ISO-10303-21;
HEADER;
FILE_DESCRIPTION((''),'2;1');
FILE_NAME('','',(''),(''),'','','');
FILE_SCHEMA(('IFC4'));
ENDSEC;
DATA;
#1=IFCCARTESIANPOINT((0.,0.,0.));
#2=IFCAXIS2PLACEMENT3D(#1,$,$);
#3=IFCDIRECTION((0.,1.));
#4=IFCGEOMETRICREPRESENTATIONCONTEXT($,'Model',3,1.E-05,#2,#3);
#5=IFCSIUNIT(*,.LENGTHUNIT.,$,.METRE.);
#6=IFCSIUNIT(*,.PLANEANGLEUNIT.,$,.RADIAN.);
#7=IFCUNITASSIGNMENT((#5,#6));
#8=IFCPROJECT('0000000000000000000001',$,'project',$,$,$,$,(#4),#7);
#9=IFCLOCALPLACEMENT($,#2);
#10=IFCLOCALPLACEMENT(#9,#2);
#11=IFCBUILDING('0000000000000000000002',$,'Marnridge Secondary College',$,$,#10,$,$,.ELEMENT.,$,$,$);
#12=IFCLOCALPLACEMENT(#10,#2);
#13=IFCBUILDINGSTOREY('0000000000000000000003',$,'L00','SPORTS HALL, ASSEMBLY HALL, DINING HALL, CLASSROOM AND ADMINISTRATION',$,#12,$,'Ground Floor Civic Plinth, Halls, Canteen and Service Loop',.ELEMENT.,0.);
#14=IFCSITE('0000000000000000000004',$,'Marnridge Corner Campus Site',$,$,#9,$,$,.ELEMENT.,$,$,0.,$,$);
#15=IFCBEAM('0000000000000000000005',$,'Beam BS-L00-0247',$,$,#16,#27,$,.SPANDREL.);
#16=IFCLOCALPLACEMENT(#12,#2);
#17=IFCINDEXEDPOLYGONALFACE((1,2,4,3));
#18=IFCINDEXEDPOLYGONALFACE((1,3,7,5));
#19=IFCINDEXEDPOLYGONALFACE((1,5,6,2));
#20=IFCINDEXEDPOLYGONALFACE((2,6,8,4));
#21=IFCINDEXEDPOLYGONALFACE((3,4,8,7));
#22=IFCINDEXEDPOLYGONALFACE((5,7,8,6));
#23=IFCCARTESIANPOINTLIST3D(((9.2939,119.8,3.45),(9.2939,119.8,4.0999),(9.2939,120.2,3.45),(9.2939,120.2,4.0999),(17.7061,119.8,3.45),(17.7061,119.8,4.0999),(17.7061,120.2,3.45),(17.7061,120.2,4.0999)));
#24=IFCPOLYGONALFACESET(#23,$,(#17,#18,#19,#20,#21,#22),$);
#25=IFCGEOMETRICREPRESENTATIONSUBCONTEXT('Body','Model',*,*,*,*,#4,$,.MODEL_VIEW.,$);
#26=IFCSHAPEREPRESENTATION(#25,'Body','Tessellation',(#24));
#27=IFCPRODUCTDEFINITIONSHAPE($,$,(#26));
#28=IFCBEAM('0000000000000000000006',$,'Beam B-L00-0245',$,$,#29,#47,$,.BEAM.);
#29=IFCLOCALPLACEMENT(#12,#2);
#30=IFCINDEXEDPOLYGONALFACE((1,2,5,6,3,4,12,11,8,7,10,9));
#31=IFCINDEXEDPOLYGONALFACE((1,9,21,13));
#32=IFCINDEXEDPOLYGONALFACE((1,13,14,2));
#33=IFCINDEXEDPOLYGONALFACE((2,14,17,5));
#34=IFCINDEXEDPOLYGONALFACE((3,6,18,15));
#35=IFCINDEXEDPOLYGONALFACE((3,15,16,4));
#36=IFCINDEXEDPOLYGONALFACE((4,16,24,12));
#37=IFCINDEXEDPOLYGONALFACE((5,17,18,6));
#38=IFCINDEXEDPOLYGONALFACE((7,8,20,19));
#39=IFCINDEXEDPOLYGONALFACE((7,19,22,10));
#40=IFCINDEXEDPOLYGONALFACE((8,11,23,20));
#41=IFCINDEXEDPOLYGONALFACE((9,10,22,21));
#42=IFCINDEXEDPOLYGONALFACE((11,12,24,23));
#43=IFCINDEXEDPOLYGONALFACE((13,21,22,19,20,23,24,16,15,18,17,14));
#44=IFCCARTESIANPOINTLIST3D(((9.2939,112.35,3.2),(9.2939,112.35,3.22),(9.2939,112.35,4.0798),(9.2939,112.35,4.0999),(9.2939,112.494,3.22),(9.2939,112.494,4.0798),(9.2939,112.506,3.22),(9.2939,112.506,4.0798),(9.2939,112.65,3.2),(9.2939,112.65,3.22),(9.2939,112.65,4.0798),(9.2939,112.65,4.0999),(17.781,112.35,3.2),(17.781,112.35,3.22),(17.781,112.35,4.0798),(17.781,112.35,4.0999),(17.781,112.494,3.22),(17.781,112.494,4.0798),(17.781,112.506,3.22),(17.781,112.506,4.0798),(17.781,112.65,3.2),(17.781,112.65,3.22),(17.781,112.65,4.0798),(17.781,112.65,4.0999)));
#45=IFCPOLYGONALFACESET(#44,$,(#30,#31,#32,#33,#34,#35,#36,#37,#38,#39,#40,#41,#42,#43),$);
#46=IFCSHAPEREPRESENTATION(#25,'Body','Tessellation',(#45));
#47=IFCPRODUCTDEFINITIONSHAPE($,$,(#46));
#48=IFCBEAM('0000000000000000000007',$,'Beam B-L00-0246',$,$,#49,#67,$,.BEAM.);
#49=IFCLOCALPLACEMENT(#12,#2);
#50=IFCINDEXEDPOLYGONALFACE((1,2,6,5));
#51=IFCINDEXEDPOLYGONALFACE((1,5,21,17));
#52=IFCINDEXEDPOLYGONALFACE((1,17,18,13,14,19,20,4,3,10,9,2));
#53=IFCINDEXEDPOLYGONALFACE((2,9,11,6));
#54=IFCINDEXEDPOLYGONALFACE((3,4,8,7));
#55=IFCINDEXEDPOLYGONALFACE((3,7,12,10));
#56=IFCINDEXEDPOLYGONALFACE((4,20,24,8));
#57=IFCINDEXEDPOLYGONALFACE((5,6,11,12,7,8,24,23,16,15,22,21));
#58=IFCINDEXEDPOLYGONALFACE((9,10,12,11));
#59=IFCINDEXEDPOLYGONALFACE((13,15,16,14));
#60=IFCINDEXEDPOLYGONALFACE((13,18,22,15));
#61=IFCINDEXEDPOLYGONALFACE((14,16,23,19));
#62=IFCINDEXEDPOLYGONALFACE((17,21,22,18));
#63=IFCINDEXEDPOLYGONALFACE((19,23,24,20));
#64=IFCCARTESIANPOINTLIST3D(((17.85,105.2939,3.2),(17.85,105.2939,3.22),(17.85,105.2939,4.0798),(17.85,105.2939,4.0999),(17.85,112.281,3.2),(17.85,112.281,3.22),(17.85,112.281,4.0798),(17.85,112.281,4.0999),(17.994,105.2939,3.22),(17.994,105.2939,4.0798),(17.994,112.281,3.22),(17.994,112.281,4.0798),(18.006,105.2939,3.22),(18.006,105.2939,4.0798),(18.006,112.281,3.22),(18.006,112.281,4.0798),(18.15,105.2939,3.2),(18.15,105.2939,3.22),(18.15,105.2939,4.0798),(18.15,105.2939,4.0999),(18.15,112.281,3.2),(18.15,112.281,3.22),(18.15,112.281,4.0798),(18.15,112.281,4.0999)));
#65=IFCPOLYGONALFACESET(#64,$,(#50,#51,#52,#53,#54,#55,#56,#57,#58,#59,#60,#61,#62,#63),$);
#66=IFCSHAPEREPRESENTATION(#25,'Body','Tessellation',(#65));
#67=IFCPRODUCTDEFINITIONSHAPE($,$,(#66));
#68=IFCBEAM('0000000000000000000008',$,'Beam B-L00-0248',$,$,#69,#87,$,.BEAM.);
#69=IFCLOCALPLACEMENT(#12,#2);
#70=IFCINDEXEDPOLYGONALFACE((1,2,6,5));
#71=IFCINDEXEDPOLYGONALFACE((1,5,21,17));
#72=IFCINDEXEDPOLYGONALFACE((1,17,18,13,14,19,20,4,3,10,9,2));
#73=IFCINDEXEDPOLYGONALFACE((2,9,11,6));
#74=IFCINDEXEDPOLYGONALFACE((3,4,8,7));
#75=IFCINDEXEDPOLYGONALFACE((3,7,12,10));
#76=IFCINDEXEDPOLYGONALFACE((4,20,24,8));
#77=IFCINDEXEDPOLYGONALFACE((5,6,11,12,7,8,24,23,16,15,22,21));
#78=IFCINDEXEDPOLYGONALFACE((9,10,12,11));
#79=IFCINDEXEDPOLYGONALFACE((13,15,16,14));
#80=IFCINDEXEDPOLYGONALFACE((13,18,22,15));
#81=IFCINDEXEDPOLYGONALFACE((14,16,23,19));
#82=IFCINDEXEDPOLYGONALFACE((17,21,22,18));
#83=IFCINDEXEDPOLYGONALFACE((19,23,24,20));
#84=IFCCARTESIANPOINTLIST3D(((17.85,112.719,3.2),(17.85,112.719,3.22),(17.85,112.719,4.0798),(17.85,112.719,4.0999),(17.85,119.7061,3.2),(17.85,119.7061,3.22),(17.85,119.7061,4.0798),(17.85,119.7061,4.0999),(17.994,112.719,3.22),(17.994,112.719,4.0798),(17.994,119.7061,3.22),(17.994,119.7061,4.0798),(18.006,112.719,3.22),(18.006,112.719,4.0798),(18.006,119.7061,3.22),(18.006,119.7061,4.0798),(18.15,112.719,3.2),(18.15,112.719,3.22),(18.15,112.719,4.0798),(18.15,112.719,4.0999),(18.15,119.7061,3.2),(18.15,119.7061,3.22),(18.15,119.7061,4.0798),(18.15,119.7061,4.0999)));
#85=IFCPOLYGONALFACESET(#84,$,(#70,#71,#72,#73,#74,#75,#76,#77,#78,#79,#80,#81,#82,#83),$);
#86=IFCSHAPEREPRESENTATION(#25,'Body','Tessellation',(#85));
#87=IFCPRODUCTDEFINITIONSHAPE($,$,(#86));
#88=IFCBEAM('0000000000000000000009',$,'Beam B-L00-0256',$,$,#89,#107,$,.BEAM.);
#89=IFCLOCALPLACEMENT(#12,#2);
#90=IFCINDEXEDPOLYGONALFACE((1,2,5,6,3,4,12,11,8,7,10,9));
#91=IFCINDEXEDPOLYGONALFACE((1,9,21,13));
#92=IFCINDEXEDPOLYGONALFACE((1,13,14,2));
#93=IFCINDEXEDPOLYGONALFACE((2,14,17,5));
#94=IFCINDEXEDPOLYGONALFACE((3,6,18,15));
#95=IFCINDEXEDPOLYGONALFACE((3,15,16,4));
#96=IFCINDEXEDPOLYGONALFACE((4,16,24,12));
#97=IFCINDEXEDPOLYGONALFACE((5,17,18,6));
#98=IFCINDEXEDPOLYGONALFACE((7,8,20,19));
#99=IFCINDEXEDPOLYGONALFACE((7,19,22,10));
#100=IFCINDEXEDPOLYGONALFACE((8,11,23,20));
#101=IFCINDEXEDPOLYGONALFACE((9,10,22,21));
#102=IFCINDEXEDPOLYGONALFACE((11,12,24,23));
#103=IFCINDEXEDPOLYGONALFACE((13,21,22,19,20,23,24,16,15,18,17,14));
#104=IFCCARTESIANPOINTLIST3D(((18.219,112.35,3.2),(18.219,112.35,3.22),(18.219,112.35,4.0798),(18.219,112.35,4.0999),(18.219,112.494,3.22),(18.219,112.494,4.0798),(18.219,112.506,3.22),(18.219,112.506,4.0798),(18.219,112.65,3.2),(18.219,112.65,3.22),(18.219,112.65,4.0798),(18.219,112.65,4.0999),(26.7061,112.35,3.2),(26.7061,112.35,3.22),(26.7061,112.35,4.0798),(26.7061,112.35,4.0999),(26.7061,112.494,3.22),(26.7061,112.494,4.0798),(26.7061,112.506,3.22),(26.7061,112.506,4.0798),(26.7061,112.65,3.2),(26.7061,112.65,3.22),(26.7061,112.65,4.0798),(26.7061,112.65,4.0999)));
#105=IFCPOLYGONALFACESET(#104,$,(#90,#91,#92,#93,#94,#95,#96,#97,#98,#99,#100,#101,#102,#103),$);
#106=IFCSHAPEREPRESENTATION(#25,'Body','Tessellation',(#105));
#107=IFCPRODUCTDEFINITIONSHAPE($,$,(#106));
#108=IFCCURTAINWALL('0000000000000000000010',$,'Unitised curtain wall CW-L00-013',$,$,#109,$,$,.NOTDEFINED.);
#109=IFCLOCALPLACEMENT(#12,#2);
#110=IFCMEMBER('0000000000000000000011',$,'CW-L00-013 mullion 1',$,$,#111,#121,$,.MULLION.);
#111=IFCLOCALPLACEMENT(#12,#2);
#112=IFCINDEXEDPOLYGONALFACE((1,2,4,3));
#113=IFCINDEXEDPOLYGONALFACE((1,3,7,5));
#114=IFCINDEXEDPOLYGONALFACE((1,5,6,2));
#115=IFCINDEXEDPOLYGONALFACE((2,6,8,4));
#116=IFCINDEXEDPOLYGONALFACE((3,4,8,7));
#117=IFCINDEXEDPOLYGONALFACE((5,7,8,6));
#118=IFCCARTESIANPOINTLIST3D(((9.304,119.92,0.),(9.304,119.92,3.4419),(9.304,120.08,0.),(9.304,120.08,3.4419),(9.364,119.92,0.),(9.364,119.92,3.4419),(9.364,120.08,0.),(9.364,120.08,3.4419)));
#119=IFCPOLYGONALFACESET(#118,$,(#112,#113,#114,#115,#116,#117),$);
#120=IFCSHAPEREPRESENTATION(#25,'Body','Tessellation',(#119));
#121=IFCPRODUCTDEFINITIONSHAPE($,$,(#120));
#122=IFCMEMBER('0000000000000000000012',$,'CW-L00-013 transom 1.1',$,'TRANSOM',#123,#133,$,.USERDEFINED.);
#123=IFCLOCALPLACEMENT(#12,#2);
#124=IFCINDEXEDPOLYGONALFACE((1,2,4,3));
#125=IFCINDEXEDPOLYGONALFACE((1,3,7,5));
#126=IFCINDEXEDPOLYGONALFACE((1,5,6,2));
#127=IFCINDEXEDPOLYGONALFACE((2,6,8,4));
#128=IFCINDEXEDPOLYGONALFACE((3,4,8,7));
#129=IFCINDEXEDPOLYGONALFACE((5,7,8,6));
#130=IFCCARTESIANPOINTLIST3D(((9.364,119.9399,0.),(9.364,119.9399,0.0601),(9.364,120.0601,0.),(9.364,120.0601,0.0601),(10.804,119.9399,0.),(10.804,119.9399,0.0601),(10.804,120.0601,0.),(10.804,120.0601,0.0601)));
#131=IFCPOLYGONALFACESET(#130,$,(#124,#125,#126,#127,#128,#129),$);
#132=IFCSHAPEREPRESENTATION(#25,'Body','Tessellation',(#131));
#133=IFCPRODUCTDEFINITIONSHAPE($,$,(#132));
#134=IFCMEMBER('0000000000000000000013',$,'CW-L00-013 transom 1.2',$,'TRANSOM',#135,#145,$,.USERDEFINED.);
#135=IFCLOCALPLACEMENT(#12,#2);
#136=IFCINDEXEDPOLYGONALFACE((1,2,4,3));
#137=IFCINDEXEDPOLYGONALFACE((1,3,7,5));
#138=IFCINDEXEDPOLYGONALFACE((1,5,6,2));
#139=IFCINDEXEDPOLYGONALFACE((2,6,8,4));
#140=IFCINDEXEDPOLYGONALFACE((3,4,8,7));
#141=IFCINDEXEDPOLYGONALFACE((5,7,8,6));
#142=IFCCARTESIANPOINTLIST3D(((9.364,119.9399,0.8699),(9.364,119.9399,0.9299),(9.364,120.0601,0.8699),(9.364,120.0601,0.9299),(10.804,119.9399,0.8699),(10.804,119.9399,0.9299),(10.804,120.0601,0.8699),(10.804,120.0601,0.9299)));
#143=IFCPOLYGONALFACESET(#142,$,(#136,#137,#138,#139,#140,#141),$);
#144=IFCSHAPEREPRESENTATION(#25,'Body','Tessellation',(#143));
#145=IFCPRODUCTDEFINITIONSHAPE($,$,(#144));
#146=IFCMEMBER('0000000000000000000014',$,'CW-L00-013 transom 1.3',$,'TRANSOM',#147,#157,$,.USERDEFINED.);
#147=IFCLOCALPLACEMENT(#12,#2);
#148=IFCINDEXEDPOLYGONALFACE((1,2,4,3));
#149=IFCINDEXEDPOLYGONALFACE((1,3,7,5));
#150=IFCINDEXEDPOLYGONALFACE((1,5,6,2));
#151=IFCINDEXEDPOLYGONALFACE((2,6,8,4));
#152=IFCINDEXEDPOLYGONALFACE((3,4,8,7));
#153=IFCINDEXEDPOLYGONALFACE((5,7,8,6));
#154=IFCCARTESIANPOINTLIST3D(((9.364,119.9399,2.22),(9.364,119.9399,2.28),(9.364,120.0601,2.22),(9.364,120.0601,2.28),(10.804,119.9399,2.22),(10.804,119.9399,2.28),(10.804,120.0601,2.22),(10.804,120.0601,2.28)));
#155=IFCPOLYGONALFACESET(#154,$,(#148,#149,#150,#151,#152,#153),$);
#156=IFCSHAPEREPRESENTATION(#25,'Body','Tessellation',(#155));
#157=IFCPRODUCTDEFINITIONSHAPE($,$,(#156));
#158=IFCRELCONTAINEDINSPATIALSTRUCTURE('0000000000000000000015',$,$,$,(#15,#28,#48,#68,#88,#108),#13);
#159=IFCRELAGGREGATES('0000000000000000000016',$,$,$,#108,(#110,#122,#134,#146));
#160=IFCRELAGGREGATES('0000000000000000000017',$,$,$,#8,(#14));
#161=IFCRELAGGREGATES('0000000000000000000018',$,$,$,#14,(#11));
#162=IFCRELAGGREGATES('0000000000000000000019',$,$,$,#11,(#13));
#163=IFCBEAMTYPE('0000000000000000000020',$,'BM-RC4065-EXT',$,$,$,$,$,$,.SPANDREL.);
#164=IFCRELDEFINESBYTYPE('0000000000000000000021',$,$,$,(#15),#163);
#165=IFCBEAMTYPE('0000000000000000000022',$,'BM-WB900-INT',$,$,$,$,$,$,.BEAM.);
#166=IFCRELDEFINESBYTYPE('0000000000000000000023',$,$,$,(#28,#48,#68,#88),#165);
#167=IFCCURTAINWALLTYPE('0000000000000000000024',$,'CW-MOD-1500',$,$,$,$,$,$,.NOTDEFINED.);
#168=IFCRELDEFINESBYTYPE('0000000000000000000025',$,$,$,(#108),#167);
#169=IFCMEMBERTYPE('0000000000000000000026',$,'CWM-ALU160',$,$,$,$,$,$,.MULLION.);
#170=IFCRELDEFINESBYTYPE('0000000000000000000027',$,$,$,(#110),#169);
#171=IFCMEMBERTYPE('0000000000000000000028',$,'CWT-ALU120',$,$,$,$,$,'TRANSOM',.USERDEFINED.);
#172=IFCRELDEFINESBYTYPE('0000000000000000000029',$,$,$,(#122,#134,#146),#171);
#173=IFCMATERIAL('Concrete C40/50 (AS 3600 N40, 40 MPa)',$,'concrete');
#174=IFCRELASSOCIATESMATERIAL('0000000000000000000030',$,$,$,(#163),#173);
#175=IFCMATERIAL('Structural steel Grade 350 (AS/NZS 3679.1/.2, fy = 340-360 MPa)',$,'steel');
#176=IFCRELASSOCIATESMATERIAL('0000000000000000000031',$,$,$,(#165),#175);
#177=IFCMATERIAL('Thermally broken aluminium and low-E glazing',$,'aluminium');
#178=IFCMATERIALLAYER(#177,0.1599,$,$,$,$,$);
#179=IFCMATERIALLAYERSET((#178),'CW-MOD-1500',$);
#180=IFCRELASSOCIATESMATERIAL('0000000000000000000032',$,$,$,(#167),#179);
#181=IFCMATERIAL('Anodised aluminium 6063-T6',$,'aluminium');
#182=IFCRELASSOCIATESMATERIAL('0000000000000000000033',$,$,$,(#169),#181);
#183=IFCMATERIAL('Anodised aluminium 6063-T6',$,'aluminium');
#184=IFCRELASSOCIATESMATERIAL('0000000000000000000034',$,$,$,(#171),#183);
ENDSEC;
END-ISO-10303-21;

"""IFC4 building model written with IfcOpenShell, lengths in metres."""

from ifc_helpers import new_model, si_unit, direction, frame, origin, origin_2d, place, context, subcontext, project, spatial, rectangle, i_section, extrude, material, layer, layer_set, material_profile, profile_set, type_object, element, aggregate, save


model = new_model("IFC4")

# Units and contexts
model_context = context("Model", 3, precision=1e-05, world=origin(), true_north=direction((0.0, 1.0)))
body_context = subcontext(model_context, "Body", "Model", "MODEL_VIEW")
ifc_project = project(units=[si_unit("LENGTHUNIT", "METRE"), si_unit("PLANEANGLEUNIT", "RADIAN")], contexts=[model_context])

# Site, building, storey
site_placement = place(None, origin())
site = spatial("IfcSite", under=ifc_project, at=site_placement, Name="Marnridge Corner Campus Site", CompositionType="ELEMENT", RefElevation=0.0)
building_placement = place(site_placement, origin())
building = spatial("IfcBuilding", under=site, at=building_placement, Name="Marnridge Secondary College", CompositionType="ELEMENT")
storey_placement = place(building_placement, origin())
storey = spatial("IfcBuildingStorey", under=building, at=storey_placement, Name="L00", Description="SPORTS HALL, ASSEMBLY HALL, DINING HALL, CLASSROOM AND ADMINISTRATION", LongName="Ground Floor Civic Plinth, Halls, Canteen and Service Loop", CompositionType="ELEMENT", Elevation=0.0)

# Beams
ifc_material_1 = material(Name="Concrete C40/50 (AS 3600 N40, 40 MPa)", Category="concrete")
ifc_material_profile_1 = material_profile(ifc_material_1, rectangle(XDim=0.3999, YDim=0.6499, at=origin_2d()), Name="RC 400x650")
ifc_profile_set_1 = profile_set([ifc_material_profile_1], Name="Concrete C40/50 (AS 3600 N40, 40 MPa)")
beam_type_1 = type_object("IfcBeamType", Name="BM-RC4065-EXT", PredefinedType="SPANDREL", material=ifc_profile_set_1)
beam_1_placement = place(storey_placement, frame((9.2939, 120.0, 3.7749), z_axis=(1.0, 0.0, 0.0), x_axis=(0.0, 1.0, 0.0)))
element("IfcBeam", 1, at=beam_1_placement, inside=storey, type_object=beam_type_1, Name="Beam BS-L00-0247", PredefinedType="SPANDREL", context=body_context, shape_type="SweptSolid", body=[
    extrude(rectangle(XDim=0.3999, YDim=0.6499, at=origin_2d()), origin(), (0.0, 0.0, 1.0), 8.4121),
])
ifc_material_2 = material(Name="Structural steel Grade 350 (AS/NZS 3679.1/.2, fy = 340-360 MPa)", Category="steel")
ifc_material_profile_2 = material_profile(ifc_material_2, i_section(OverallWidth=0.3, OverallDepth=0.8999, WebThickness=0.012, FlangeThickness=0.02, at=origin_2d()), Name="900WB175")
ifc_profile_set_2 = profile_set([ifc_material_profile_2], Name="Structural steel Grade 350 (AS/NZS 3679.1/.2, fy = 340-360 MPa)")
beam_type_2 = type_object("IfcBeamType", Name="BM-WB900-INT", PredefinedType="BEAM", material=ifc_profile_set_2)
beam_2_placement = place(storey_placement, frame((9.2939, 112.5, 3.6499), z_axis=(1.0, 0.0, 0.0), x_axis=(0.0, 1.0, 0.0)))
element("IfcBeam", 2, at=beam_2_placement, inside=storey, type_object=beam_type_2, Name="Beam B-L00-0245", PredefinedType="BEAM", context=body_context, shape_type="SweptSolid", body=[
    extrude(i_section(OverallWidth=0.3, OverallDepth=0.8999, WebThickness=0.012, FlangeThickness=0.02, at=origin_2d()), origin(), (0.0, 0.0, 1.0), 8.4871),
])
for number, where, z_axis, x_axis, name in (
    (3, (18.0, 105.2939, 3.6499), (0.0, 1.0, 0.0), (-1.0, 0.0, 0.0), "Beam B-L00-0246"),
    (4, (18.0, 112.719, 3.6499), (0.0, 1.0, 0.0), (-1.0, 0.0, 0.0), "Beam B-L00-0248"),
):
    element("IfcBeam", number, at=place(storey_placement, frame(where, z_axis=z_axis, x_axis=x_axis)), inside=storey, type_object=beam_type_2, Name=name, PredefinedType="BEAM", context=body_context, shape_type="SweptSolid", body=[
        extrude(i_section(OverallWidth=0.3, OverallDepth=0.8999, WebThickness=0.012, FlangeThickness=0.02, at=origin_2d()), origin(), (0.0, 0.0, 1.0), 6.9871),
    ])
beam_3_placement = place(storey_placement, frame((18.219, 112.5, 3.6499), z_axis=(1.0, 0.0, 0.0), x_axis=(0.0, 1.0, 0.0)))
element("IfcBeam", 5, at=beam_3_placement, inside=storey, type_object=beam_type_2, Name="Beam B-L00-0256", PredefinedType="BEAM", context=body_context, shape_type="SweptSolid", body=[
    extrude(i_section(OverallWidth=0.3, OverallDepth=0.8999, WebThickness=0.012, FlangeThickness=0.02, at=origin_2d()), origin(), (0.0, 0.0, 1.0), 8.4871),
])

# Curtain wall, members
ifc_material_3 = material(Name="Thermally broken aluminium and low-E glazing", Category="aluminium")
ifc_layer = layer(ifc_material_3, 0.1599)
ifc_layer_set = layer_set([ifc_layer], Name="CW-MOD-1500")
curtain_wall_type = type_object("IfcCurtainWallType", Name="CW-MOD-1500", PredefinedType="NOTDEFINED", material=ifc_layer_set)
curtain_wall_placement = place(storey_placement, origin())
curtain_wall = element("IfcCurtainWall", 6, at=curtain_wall_placement, inside=storey, type_object=curtain_wall_type, Name="Unitised curtain wall CW-L00-013", PredefinedType="NOTDEFINED")
ifc_material_4 = material(Name="Anodised aluminium 6063-T6", Category="aluminium")
ifc_material_profile_3 = material_profile(ifc_material_4, rectangle(XDim=0.0601, YDim=0.1599, at=origin_2d()), Name="ALU 60x160")
ifc_profile_set_3 = profile_set([ifc_material_profile_3], Name="Anodised aluminium 6063-T6")
member_type_1 = type_object("IfcMemberType", Name="CWM-ALU160", PredefinedType="MULLION", material=ifc_profile_set_3)
member_1_placement = place(storey_placement, frame((9.334, 120.0, 0.0), z_axis=(0.0, 0.0, 1.0), x_axis=(1.0, 0.0, 0.0)))
member_1 = element("IfcMember", 7, at=member_1_placement, type_object=member_type_1, Name="CW-L00-013 mullion 1", PredefinedType="MULLION", context=body_context, shape_type="SweptSolid", body=[
    extrude(rectangle(XDim=0.0601, YDim=0.1599, at=origin_2d()), origin(), (0.0, 0.0, 1.0), 3.4419),
])
ifc_material_5 = material(Name="Anodised aluminium 6063-T6", Category="aluminium")
ifc_material_profile_4 = material_profile(ifc_material_5, rectangle(XDim=0.0601, YDim=0.1201, at=origin_2d()), Name="ALU 60x120")
ifc_profile_set_4 = profile_set([ifc_material_profile_4], Name="Anodised aluminium 6063-T6")
member_type_2 = type_object("IfcMemberType", Name="CWT-ALU120", ElementType="TRANSOM", PredefinedType="USERDEFINED", material=ifc_profile_set_4)
member_2_placement = place(storey_placement, frame((9.364, 120.0, 0.03), z_axis=(1.0, 0.0, 0.0), x_axis=(0.0, 0.0, 1.0)))
member_2 = element("IfcMember", 8, at=member_2_placement, type_object=member_type_2, Name="CW-L00-013 transom 1.1", ObjectType="TRANSOM", PredefinedType="USERDEFINED", context=body_context, shape_type="SweptSolid", body=[
    extrude(rectangle(XDim=0.0601, YDim=0.1201, at=origin_2d()), origin(), (0.0, 0.0, 1.0), 1.4399),
])
member_3_placement = place(storey_placement, frame((9.364, 120.0, 0.8999), z_axis=(1.0, 0.0, 0.0), x_axis=(0.0, 0.0, 1.0)))
member_3 = element("IfcMember", 9, at=member_3_placement, type_object=member_type_2, Name="CW-L00-013 transom 1.2", ObjectType="TRANSOM", PredefinedType="USERDEFINED", context=body_context, shape_type="SweptSolid", body=[
    extrude(rectangle(XDim=0.0601, YDim=0.1201, at=origin_2d()), origin(), (0.0, 0.0, 1.0), 1.4399),
])
member_4_placement = place(storey_placement, frame((9.364, 120.0, 2.25), z_axis=(1.0, 0.0, 0.0), x_axis=(0.0, 0.0, 1.0)))
member_4 = element("IfcMember", 10, at=member_4_placement, type_object=member_type_2, Name="CW-L00-013 transom 1.3", ObjectType="TRANSOM", PredefinedType="USERDEFINED", context=body_context, shape_type="SweptSolid", body=[
    extrude(rectangle(XDim=0.0601, YDim=0.1201, at=origin_2d()), origin(), (0.0, 0.0, 1.0), 1.4399),
])
aggregate(curtain_wall, [member_1, member_2, member_3, member_4])

save(model, "model.ifc")
